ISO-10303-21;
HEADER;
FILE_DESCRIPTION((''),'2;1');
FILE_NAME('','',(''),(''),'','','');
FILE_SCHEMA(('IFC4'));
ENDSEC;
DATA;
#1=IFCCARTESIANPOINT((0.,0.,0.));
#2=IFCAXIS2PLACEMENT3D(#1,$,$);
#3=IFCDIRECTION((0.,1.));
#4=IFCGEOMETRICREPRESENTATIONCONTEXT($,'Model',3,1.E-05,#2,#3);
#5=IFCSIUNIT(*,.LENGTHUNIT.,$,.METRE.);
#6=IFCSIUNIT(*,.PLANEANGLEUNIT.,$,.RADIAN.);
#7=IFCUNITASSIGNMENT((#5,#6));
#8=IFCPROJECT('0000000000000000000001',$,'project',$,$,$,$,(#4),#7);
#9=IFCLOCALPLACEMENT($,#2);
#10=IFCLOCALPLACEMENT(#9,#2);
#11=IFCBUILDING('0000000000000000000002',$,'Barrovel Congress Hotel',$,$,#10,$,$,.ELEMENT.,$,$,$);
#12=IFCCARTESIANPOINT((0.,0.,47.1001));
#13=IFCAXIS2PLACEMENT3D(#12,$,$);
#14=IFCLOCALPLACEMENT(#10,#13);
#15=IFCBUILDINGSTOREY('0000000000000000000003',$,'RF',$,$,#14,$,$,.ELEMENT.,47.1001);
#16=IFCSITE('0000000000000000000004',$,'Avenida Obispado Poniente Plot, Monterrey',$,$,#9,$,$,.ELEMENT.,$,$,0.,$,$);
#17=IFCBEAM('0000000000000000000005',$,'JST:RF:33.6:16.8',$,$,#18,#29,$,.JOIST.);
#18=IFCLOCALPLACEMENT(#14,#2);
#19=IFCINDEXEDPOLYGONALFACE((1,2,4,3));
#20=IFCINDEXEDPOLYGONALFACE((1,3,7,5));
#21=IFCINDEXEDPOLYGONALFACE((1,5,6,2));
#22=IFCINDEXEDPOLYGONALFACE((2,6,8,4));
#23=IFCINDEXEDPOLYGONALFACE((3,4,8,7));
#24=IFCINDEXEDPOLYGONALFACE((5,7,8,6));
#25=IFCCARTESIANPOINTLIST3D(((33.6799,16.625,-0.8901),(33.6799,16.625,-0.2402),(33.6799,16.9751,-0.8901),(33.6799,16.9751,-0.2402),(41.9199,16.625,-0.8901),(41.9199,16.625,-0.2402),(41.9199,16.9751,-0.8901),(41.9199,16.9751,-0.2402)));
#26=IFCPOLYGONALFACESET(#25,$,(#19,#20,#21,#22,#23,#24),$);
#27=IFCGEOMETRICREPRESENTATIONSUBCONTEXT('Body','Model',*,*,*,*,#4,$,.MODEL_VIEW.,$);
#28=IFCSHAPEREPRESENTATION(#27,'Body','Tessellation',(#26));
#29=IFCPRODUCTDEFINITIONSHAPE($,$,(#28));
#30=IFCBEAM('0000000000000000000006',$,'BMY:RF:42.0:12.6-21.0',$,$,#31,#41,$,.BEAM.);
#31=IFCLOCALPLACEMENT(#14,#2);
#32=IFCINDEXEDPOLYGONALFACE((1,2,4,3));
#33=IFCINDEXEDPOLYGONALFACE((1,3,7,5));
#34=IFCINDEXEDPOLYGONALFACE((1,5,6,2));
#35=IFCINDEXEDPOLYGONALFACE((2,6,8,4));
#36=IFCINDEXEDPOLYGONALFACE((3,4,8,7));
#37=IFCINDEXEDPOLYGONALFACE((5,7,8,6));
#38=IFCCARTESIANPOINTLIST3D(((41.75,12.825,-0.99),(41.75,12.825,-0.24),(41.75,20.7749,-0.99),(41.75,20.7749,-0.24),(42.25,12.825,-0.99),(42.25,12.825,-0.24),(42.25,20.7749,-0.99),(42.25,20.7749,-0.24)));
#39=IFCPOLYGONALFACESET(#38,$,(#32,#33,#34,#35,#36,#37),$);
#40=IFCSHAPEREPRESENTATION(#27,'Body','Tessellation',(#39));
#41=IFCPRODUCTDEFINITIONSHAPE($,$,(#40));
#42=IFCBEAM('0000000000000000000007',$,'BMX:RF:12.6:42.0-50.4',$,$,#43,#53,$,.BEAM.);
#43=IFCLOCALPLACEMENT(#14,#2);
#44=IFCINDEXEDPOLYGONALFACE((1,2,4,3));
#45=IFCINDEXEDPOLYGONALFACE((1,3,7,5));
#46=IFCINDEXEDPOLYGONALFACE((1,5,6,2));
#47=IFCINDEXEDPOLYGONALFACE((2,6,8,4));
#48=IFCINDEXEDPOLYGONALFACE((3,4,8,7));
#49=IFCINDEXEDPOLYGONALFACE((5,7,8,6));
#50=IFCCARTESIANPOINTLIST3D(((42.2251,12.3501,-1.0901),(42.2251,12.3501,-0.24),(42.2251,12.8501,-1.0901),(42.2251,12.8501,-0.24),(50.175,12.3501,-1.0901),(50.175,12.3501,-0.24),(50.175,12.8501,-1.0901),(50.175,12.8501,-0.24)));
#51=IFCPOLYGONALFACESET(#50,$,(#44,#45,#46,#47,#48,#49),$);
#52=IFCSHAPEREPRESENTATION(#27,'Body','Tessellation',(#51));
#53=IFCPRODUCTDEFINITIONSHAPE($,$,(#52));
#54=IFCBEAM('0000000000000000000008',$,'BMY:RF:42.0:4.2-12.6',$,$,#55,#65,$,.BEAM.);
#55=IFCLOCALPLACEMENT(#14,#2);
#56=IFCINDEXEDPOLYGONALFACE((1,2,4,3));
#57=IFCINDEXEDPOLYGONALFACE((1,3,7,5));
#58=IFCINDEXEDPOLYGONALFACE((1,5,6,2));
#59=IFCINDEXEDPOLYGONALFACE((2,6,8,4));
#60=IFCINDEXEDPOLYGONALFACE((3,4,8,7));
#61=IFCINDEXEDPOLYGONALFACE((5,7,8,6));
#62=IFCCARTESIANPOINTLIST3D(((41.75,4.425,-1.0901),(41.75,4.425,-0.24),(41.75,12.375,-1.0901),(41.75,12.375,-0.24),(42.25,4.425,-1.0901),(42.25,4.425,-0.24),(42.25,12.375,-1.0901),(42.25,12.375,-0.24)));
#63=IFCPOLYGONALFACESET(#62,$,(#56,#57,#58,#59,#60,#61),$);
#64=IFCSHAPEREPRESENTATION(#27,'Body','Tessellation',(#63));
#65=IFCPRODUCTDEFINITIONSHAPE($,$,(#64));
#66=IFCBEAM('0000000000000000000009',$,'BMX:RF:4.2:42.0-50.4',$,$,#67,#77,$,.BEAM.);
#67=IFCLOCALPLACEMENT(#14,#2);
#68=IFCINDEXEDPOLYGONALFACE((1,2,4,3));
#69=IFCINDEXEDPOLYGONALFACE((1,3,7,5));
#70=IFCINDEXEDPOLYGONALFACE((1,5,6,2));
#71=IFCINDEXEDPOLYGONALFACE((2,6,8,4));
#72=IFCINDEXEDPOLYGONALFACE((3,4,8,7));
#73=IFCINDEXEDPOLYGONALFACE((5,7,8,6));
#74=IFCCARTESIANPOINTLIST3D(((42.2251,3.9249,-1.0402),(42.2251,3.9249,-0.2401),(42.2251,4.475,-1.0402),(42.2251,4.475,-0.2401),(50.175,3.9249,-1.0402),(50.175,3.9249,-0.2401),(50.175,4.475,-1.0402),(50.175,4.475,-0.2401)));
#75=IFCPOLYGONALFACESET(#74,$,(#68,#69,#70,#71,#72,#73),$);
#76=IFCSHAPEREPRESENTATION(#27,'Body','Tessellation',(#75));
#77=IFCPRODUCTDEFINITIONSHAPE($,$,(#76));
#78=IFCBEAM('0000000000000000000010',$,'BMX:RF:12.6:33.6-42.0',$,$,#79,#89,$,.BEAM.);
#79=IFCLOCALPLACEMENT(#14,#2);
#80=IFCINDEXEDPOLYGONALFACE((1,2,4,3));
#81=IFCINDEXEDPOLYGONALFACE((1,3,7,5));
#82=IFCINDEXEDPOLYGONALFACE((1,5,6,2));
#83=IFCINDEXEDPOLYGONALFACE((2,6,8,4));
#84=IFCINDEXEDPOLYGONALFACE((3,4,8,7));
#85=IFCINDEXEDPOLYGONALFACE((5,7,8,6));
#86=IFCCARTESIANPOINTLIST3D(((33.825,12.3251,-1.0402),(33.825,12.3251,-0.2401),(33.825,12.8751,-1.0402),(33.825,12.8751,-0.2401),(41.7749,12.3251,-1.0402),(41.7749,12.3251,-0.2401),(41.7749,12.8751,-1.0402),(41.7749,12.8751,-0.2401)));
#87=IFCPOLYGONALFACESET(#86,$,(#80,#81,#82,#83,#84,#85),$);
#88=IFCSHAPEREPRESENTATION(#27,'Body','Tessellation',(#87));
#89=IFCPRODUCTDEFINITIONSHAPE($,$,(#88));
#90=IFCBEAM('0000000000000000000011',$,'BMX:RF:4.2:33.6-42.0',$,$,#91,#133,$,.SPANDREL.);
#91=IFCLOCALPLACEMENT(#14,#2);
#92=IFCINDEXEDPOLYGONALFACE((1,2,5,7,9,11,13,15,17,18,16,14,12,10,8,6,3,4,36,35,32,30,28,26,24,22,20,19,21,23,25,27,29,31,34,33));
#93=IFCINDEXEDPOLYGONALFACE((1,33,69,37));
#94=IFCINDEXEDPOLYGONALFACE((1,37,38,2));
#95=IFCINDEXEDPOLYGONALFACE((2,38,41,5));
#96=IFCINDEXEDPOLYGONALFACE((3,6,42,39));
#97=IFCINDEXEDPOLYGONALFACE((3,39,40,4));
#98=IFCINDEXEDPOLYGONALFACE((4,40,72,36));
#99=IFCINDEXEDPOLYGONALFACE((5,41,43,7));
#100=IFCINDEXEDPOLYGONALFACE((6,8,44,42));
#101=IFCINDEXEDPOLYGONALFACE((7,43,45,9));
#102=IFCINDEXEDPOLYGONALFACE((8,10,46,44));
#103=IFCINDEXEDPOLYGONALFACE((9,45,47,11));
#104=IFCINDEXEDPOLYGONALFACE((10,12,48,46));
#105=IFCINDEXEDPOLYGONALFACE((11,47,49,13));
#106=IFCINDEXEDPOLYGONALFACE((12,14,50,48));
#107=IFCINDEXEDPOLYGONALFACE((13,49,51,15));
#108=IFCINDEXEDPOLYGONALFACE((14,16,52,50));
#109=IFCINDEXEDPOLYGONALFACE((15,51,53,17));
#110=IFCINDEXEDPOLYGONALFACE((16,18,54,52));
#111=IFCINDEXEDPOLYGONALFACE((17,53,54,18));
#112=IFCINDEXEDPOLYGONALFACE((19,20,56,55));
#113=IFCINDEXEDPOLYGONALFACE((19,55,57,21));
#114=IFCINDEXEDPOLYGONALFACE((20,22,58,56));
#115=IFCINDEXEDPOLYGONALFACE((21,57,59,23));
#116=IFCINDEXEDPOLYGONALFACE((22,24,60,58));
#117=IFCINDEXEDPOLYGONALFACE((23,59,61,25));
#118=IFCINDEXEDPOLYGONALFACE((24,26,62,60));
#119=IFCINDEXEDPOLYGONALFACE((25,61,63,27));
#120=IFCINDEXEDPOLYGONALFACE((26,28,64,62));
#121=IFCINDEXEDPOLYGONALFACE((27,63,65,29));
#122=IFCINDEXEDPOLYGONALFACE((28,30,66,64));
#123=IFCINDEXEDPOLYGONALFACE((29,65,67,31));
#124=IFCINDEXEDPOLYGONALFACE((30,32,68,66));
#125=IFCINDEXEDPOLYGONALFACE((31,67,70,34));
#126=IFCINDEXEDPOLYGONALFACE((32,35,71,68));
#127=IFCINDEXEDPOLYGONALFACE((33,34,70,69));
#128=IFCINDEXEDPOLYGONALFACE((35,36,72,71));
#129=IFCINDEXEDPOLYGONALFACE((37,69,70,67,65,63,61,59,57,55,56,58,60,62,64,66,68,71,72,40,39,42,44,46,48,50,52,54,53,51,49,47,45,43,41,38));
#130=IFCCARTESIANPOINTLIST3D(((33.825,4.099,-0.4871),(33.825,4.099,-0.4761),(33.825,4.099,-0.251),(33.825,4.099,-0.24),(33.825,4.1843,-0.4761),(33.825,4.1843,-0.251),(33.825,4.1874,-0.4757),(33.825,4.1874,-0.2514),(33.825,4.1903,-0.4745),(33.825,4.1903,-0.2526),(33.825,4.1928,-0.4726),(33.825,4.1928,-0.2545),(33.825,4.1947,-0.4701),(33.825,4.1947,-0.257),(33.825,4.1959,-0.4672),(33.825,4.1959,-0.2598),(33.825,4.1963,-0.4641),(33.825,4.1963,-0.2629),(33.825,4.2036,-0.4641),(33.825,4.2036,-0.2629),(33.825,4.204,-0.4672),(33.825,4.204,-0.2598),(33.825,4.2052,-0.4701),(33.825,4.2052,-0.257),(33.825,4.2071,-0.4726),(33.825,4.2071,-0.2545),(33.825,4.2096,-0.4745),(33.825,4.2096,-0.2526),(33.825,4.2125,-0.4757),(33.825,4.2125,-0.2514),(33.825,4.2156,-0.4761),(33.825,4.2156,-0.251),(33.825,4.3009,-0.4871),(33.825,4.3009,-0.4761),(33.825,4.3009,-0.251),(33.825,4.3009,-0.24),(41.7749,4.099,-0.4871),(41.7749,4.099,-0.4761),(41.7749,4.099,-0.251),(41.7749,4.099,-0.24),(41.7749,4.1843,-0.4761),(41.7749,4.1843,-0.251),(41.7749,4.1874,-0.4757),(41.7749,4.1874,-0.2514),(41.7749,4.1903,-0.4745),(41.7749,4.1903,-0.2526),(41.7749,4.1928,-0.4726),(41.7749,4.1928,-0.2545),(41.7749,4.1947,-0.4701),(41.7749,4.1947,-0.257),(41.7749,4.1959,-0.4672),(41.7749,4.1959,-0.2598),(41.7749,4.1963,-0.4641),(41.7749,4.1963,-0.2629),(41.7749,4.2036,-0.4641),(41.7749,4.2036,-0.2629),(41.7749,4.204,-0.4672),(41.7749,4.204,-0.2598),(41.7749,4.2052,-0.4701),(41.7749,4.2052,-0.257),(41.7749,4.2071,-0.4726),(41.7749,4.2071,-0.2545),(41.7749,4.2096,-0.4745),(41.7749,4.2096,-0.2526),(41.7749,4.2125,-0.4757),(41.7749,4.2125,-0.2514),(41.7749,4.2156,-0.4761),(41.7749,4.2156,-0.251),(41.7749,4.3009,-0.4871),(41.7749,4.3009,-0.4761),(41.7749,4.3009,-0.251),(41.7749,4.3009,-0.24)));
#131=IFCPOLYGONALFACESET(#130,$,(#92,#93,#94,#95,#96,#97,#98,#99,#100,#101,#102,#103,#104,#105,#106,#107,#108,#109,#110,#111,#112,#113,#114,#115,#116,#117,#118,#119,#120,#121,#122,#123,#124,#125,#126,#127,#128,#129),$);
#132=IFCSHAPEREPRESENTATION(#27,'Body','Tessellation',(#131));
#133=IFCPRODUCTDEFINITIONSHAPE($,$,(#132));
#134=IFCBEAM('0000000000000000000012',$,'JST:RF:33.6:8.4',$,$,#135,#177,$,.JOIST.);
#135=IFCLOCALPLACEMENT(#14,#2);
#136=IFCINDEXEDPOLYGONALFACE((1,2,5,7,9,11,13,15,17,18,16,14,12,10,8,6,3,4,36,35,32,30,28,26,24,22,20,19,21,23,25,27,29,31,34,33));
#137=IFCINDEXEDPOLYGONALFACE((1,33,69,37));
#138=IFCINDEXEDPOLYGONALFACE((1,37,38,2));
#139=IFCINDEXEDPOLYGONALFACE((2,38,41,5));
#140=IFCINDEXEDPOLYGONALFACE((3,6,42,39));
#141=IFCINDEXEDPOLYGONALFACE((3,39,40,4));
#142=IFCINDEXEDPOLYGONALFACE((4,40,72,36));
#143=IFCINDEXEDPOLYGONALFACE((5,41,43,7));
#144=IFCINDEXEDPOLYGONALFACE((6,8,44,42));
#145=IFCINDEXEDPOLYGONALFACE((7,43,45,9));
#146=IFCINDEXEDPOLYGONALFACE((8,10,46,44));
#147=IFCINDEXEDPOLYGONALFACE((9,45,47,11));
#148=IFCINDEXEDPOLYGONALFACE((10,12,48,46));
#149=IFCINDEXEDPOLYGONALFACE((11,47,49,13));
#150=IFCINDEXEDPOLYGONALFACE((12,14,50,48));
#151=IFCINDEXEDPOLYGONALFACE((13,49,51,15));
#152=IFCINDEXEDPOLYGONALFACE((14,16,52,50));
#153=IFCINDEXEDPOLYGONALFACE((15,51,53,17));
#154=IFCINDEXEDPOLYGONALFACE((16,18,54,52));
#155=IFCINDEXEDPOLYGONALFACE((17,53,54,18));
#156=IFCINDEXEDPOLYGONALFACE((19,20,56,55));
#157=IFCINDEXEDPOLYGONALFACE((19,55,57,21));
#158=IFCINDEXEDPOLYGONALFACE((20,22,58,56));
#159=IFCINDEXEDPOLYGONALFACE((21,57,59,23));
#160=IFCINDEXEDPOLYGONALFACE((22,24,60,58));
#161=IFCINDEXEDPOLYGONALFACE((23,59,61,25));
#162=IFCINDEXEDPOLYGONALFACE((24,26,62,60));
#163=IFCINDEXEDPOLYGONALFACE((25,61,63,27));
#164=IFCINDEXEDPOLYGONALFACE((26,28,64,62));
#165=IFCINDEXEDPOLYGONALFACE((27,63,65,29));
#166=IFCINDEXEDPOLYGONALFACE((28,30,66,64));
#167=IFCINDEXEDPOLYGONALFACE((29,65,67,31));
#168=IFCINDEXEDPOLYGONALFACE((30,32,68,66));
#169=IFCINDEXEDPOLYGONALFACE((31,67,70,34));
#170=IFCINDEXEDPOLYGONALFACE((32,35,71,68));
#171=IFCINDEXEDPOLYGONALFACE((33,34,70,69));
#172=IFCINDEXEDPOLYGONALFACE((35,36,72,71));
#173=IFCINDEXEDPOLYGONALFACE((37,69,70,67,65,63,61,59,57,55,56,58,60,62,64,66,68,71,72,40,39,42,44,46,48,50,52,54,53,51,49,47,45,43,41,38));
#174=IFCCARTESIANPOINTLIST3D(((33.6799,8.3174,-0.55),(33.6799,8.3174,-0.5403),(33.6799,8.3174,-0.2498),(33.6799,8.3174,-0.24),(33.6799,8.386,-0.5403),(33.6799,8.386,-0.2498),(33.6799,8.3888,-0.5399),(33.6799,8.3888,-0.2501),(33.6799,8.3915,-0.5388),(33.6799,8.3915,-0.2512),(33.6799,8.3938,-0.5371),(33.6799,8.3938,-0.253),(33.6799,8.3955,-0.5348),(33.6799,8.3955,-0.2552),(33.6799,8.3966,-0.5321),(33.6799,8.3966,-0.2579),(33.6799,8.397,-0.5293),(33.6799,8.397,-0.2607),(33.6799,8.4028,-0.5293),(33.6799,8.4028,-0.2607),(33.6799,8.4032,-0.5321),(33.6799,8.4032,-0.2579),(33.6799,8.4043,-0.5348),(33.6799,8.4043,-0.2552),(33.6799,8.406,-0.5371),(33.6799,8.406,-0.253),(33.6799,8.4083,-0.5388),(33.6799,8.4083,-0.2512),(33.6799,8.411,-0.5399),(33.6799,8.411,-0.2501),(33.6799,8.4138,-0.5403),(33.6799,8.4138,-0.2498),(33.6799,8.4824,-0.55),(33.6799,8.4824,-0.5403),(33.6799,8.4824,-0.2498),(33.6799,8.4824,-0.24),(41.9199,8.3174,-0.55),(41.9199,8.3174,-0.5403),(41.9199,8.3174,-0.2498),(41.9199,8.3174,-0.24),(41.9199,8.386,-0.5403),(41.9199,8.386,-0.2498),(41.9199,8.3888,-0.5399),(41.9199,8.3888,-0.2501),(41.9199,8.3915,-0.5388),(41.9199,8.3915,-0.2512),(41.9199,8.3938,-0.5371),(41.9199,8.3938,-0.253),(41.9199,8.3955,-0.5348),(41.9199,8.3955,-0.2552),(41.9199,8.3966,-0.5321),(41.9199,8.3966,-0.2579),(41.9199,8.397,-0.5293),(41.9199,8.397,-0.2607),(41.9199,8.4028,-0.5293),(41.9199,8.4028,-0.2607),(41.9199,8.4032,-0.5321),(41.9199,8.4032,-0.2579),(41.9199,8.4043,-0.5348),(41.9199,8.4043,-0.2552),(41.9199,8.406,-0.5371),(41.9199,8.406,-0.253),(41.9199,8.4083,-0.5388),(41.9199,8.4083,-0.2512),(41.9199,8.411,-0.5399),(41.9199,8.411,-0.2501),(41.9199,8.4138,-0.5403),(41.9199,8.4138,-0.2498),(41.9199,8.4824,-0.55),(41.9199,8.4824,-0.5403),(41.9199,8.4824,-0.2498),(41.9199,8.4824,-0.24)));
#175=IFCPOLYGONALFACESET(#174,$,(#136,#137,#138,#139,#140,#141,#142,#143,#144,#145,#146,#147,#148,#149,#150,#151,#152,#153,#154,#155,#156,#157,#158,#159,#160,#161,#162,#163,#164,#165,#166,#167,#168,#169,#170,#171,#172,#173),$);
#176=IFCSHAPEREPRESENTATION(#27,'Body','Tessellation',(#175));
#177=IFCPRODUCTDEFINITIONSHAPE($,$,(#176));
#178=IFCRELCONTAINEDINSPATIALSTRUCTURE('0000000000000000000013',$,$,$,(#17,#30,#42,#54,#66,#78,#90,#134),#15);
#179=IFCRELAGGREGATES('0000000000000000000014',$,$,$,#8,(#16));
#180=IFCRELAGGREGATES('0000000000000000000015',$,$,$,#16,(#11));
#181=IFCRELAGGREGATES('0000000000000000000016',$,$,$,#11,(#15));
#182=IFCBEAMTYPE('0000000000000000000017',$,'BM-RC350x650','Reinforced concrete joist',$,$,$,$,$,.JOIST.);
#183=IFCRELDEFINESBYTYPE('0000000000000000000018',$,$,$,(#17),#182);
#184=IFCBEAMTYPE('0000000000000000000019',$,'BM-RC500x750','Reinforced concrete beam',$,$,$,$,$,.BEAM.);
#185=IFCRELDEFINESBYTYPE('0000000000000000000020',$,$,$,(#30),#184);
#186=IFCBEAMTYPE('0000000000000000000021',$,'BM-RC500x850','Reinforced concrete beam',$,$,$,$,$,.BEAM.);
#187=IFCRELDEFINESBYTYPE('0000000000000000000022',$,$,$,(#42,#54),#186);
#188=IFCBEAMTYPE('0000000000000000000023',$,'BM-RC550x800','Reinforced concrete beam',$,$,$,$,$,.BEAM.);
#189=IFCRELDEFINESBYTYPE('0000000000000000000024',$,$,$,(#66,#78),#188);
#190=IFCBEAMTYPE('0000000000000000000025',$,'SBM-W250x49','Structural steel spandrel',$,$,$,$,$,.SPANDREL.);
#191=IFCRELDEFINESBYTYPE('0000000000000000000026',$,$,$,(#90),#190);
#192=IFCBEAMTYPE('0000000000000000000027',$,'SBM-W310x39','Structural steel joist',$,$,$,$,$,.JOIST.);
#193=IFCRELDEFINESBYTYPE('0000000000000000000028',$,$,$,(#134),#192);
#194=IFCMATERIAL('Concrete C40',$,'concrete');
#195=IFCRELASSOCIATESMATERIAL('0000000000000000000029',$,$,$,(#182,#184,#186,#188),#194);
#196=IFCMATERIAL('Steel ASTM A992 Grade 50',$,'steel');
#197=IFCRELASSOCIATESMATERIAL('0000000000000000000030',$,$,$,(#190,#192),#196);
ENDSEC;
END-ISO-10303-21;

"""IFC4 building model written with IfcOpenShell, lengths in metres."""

from ifc_helpers import new_model, si_unit, direction, frame, origin, origin_2d, place, context, subcontext, project, spatial, rectangle, i_section, extrude, material, material_profile, profile_set, type_object, element, save


model = new_model("IFC4")

# Units and contexts
model_context = context("Model", 3, precision=1e-05, world=origin(), true_north=direction((0.0, 1.0)))
body_context = subcontext(model_context, "Body", "Model", "MODEL_VIEW")
ifc_project = project(units=[si_unit("LENGTHUNIT", "METRE"), si_unit("PLANEANGLEUNIT", "RADIAN")], contexts=[model_context])

# Site, building, storey
site_placement = place(None, origin())
site = spatial("IfcSite", under=ifc_project, at=site_placement, Name="Avenida Obispado Poniente Plot, Monterrey", CompositionType="ELEMENT", RefElevation=0.0)
building_placement = place(site_placement, origin())
building = spatial("IfcBuilding", under=site, at=building_placement, Name="Barrovel Congress Hotel", CompositionType="ELEMENT")
storey_placement = place(building_placement, frame((0.0, 0.0, 47.1001)))
storey = spatial("IfcBuildingStorey", under=building, at=storey_placement, Name="RF", CompositionType="ELEMENT", Elevation=47.1001)

# Beams
ifc_material_1 = material(Name="Concrete C40", Category="concrete")
ifc_material_profile_1 = material_profile(ifc_material_1, rectangle(XDim=0.3501, YDim=0.6499, at=origin_2d()), Name="RC350x650")
ifc_profile_set_1 = profile_set([ifc_material_profile_1], Name="Concrete C40")
beam_type_1 = type_object("IfcBeamType", Name="BM-RC350x650", Description="Reinforced concrete joist", PredefinedType="JOIST", material=ifc_profile_set_1)
beam_1_placement = place(storey_placement, frame((33.6799, 16.8, -0.5652), z_axis=(1.0, 0.0, 0.0), x_axis=(0.0, 1.0, 0.0)))
element("IfcBeam", 1, at=beam_1_placement, inside=storey, type_object=beam_type_1, Name="JST:RF:33.6:16.8", PredefinedType="JOIST", context=body_context, shape_type="SweptSolid", body=[
    extrude(rectangle(XDim=0.3501, YDim=0.6499, at=origin_2d()), origin(), (0.0, 0.0, 1.0), 8.24),
])
ifc_material_profile_2 = material_profile(ifc_material_1, rectangle(XDim=0.5, YDim=0.75, at=origin_2d()), Name="RC500x750")
ifc_profile_set_2 = profile_set([ifc_material_profile_2], Name="Concrete C40")
beam_type_2 = type_object("IfcBeamType", Name="BM-RC500x750", Description="Reinforced concrete beam", PredefinedType="BEAM", material=ifc_profile_set_2)
beam_2_placement = place(storey_placement, frame((42.0, 12.825, -0.615), z_axis=(0.0, 1.0, 0.0), x_axis=(-1.0, 0.0, 0.0)))
element("IfcBeam", 2, at=beam_2_placement, inside=storey, type_object=beam_type_2, Name="BMY:RF:42.0:12.6-21.0", PredefinedType="BEAM", context=body_context, shape_type="SweptSolid", body=[
    extrude(rectangle(XDim=0.5, YDim=0.75, at=origin_2d()), origin(), (0.0, 0.0, 1.0), 7.95),
])
ifc_material_profile_3 = material_profile(ifc_material_1, rectangle(XDim=0.5, YDim=0.8501, at=origin_2d()), Name="RC500x850")
ifc_profile_set_3 = profile_set([ifc_material_profile_3], Name="Concrete C40")
beam_type_3 = type_object("IfcBeamType", Name="BM-RC500x850", Description="Reinforced concrete beam", PredefinedType="BEAM", material=ifc_profile_set_3)
for number, where, z_axis, x_axis, name in (
    (3, (42.2251, 12.6001, -0.665), (1.0, 0.0, 0.0), (0.0, 1.0, 0.0), "BMX:RF:12.6:42.0-50.4"),
    (4, (42.0, 4.425, -0.665), (0.0, 1.0, 0.0), (-1.0, 0.0, 0.0), "BMY:RF:42.0:4.2-12.6"),
):
    element("IfcBeam", number, at=place(storey_placement, frame(where, z_axis=z_axis, x_axis=x_axis)), inside=storey, type_object=beam_type_3, Name=name, PredefinedType="BEAM", context=body_context, shape_type="SweptSolid", body=[
        extrude(rectangle(XDim=0.5, YDim=0.8501, at=origin_2d()), origin(), (0.0, 0.0, 1.0), 7.95),
    ])
ifc_material_profile_4 = material_profile(ifc_material_1, rectangle(XDim=0.55, YDim=0.8, at=origin_2d()), Name="RC550x800")
ifc_profile_set_4 = profile_set([ifc_material_profile_4], Name="Concrete C40")
beam_type_4 = type_object("IfcBeamType", Name="BM-RC550x800", Description="Reinforced concrete beam", PredefinedType="BEAM", material=ifc_profile_set_4)
for number, where, z_axis, x_axis, name in (
    (5, (42.2251, 4.2, -0.6401), (1.0, 0.0, 0.0), (0.0, 1.0, 0.0), "BMX:RF:4.2:42.0-50.4"),
    (6, (33.825, 12.6001, -0.6401), (1.0, 0.0, 0.0), (0.0, 1.0, 0.0), "BMX:RF:12.6:33.6-42.0"),
):
    element("IfcBeam", number, at=place(storey_placement, frame(where, z_axis=z_axis, x_axis=x_axis)), inside=storey, type_object=beam_type_4, Name=name, PredefinedType="BEAM", context=body_context, shape_type="SweptSolid", body=[
        extrude(rectangle(XDim=0.55, YDim=0.8, at=origin_2d()), origin(), (0.0, 0.0, 1.0), 7.95),
    ])
ifc_material_2 = material(Name="Steel ASTM A992 Grade 50", Category="steel")
ifc_material_profile_5 = material_profile(ifc_material_2, i_section(OverallWidth=0.2019, OverallDepth=0.2471, WebThickness=0.0073, FlangeThickness=0.011, FilletRadius=0.012, at=origin_2d()), Name="W250x49")
ifc_profile_set_5 = profile_set([ifc_material_profile_5], Name="Steel ASTM A992 Grade 50")
beam_type_5 = type_object("IfcBeamType", Name="SBM-W250x49", Description="Structural steel spandrel", PredefinedType="SPANDREL", material=ifc_profile_set_5)
beam_3_placement = place(storey_placement, frame((33.825, 4.2, -0.3635), z_axis=(1.0, 0.0, 0.0), x_axis=(0.0, 1.0, 0.0)))
element("IfcBeam", 7, at=beam_3_placement, inside=storey, type_object=beam_type_5, Name="BMX:RF:4.2:33.6-42.0", PredefinedType="SPANDREL", context=body_context, shape_type="SweptSolid", body=[
    extrude(i_section(OverallWidth=0.2019, OverallDepth=0.2471, WebThickness=0.0073, FlangeThickness=0.011, FilletRadius=0.012, at=origin_2d()), origin(), (0.0, 0.0, 1.0), 7.95),
])
ifc_material_profile_6 = material_profile(ifc_material_2, i_section(OverallWidth=0.165, OverallDepth=0.3101, WebThickness=0.0059, FlangeThickness=0.0098, FilletRadius=0.011, at=origin_2d()), Name="W310x39")
ifc_profile_set_6 = profile_set([ifc_material_profile_6], Name="Steel ASTM A992 Grade 50")
beam_type_6 = type_object("IfcBeamType", Name="SBM-W310x39", Description="Structural steel joist", PredefinedType="JOIST", material=ifc_profile_set_6)
beam_4_placement = place(storey_placement, frame((33.6799, 8.3999, -0.395), z_axis=(1.0, 0.0, 0.0), x_axis=(0.0, 1.0, 0.0)))
element("IfcBeam", 8, at=beam_4_placement, inside=storey, type_object=beam_type_6, Name="JST:RF:33.6:8.4", PredefinedType="JOIST", context=body_context, shape_type="SweptSolid", body=[
    extrude(i_section(OverallWidth=0.165, OverallDepth=0.3101, WebThickness=0.0059, FlangeThickness=0.0098, FilletRadius=0.011, at=origin_2d()), origin(), (0.0, 0.0, 1.0), 8.24),
])

save(model, "model.ifc")
